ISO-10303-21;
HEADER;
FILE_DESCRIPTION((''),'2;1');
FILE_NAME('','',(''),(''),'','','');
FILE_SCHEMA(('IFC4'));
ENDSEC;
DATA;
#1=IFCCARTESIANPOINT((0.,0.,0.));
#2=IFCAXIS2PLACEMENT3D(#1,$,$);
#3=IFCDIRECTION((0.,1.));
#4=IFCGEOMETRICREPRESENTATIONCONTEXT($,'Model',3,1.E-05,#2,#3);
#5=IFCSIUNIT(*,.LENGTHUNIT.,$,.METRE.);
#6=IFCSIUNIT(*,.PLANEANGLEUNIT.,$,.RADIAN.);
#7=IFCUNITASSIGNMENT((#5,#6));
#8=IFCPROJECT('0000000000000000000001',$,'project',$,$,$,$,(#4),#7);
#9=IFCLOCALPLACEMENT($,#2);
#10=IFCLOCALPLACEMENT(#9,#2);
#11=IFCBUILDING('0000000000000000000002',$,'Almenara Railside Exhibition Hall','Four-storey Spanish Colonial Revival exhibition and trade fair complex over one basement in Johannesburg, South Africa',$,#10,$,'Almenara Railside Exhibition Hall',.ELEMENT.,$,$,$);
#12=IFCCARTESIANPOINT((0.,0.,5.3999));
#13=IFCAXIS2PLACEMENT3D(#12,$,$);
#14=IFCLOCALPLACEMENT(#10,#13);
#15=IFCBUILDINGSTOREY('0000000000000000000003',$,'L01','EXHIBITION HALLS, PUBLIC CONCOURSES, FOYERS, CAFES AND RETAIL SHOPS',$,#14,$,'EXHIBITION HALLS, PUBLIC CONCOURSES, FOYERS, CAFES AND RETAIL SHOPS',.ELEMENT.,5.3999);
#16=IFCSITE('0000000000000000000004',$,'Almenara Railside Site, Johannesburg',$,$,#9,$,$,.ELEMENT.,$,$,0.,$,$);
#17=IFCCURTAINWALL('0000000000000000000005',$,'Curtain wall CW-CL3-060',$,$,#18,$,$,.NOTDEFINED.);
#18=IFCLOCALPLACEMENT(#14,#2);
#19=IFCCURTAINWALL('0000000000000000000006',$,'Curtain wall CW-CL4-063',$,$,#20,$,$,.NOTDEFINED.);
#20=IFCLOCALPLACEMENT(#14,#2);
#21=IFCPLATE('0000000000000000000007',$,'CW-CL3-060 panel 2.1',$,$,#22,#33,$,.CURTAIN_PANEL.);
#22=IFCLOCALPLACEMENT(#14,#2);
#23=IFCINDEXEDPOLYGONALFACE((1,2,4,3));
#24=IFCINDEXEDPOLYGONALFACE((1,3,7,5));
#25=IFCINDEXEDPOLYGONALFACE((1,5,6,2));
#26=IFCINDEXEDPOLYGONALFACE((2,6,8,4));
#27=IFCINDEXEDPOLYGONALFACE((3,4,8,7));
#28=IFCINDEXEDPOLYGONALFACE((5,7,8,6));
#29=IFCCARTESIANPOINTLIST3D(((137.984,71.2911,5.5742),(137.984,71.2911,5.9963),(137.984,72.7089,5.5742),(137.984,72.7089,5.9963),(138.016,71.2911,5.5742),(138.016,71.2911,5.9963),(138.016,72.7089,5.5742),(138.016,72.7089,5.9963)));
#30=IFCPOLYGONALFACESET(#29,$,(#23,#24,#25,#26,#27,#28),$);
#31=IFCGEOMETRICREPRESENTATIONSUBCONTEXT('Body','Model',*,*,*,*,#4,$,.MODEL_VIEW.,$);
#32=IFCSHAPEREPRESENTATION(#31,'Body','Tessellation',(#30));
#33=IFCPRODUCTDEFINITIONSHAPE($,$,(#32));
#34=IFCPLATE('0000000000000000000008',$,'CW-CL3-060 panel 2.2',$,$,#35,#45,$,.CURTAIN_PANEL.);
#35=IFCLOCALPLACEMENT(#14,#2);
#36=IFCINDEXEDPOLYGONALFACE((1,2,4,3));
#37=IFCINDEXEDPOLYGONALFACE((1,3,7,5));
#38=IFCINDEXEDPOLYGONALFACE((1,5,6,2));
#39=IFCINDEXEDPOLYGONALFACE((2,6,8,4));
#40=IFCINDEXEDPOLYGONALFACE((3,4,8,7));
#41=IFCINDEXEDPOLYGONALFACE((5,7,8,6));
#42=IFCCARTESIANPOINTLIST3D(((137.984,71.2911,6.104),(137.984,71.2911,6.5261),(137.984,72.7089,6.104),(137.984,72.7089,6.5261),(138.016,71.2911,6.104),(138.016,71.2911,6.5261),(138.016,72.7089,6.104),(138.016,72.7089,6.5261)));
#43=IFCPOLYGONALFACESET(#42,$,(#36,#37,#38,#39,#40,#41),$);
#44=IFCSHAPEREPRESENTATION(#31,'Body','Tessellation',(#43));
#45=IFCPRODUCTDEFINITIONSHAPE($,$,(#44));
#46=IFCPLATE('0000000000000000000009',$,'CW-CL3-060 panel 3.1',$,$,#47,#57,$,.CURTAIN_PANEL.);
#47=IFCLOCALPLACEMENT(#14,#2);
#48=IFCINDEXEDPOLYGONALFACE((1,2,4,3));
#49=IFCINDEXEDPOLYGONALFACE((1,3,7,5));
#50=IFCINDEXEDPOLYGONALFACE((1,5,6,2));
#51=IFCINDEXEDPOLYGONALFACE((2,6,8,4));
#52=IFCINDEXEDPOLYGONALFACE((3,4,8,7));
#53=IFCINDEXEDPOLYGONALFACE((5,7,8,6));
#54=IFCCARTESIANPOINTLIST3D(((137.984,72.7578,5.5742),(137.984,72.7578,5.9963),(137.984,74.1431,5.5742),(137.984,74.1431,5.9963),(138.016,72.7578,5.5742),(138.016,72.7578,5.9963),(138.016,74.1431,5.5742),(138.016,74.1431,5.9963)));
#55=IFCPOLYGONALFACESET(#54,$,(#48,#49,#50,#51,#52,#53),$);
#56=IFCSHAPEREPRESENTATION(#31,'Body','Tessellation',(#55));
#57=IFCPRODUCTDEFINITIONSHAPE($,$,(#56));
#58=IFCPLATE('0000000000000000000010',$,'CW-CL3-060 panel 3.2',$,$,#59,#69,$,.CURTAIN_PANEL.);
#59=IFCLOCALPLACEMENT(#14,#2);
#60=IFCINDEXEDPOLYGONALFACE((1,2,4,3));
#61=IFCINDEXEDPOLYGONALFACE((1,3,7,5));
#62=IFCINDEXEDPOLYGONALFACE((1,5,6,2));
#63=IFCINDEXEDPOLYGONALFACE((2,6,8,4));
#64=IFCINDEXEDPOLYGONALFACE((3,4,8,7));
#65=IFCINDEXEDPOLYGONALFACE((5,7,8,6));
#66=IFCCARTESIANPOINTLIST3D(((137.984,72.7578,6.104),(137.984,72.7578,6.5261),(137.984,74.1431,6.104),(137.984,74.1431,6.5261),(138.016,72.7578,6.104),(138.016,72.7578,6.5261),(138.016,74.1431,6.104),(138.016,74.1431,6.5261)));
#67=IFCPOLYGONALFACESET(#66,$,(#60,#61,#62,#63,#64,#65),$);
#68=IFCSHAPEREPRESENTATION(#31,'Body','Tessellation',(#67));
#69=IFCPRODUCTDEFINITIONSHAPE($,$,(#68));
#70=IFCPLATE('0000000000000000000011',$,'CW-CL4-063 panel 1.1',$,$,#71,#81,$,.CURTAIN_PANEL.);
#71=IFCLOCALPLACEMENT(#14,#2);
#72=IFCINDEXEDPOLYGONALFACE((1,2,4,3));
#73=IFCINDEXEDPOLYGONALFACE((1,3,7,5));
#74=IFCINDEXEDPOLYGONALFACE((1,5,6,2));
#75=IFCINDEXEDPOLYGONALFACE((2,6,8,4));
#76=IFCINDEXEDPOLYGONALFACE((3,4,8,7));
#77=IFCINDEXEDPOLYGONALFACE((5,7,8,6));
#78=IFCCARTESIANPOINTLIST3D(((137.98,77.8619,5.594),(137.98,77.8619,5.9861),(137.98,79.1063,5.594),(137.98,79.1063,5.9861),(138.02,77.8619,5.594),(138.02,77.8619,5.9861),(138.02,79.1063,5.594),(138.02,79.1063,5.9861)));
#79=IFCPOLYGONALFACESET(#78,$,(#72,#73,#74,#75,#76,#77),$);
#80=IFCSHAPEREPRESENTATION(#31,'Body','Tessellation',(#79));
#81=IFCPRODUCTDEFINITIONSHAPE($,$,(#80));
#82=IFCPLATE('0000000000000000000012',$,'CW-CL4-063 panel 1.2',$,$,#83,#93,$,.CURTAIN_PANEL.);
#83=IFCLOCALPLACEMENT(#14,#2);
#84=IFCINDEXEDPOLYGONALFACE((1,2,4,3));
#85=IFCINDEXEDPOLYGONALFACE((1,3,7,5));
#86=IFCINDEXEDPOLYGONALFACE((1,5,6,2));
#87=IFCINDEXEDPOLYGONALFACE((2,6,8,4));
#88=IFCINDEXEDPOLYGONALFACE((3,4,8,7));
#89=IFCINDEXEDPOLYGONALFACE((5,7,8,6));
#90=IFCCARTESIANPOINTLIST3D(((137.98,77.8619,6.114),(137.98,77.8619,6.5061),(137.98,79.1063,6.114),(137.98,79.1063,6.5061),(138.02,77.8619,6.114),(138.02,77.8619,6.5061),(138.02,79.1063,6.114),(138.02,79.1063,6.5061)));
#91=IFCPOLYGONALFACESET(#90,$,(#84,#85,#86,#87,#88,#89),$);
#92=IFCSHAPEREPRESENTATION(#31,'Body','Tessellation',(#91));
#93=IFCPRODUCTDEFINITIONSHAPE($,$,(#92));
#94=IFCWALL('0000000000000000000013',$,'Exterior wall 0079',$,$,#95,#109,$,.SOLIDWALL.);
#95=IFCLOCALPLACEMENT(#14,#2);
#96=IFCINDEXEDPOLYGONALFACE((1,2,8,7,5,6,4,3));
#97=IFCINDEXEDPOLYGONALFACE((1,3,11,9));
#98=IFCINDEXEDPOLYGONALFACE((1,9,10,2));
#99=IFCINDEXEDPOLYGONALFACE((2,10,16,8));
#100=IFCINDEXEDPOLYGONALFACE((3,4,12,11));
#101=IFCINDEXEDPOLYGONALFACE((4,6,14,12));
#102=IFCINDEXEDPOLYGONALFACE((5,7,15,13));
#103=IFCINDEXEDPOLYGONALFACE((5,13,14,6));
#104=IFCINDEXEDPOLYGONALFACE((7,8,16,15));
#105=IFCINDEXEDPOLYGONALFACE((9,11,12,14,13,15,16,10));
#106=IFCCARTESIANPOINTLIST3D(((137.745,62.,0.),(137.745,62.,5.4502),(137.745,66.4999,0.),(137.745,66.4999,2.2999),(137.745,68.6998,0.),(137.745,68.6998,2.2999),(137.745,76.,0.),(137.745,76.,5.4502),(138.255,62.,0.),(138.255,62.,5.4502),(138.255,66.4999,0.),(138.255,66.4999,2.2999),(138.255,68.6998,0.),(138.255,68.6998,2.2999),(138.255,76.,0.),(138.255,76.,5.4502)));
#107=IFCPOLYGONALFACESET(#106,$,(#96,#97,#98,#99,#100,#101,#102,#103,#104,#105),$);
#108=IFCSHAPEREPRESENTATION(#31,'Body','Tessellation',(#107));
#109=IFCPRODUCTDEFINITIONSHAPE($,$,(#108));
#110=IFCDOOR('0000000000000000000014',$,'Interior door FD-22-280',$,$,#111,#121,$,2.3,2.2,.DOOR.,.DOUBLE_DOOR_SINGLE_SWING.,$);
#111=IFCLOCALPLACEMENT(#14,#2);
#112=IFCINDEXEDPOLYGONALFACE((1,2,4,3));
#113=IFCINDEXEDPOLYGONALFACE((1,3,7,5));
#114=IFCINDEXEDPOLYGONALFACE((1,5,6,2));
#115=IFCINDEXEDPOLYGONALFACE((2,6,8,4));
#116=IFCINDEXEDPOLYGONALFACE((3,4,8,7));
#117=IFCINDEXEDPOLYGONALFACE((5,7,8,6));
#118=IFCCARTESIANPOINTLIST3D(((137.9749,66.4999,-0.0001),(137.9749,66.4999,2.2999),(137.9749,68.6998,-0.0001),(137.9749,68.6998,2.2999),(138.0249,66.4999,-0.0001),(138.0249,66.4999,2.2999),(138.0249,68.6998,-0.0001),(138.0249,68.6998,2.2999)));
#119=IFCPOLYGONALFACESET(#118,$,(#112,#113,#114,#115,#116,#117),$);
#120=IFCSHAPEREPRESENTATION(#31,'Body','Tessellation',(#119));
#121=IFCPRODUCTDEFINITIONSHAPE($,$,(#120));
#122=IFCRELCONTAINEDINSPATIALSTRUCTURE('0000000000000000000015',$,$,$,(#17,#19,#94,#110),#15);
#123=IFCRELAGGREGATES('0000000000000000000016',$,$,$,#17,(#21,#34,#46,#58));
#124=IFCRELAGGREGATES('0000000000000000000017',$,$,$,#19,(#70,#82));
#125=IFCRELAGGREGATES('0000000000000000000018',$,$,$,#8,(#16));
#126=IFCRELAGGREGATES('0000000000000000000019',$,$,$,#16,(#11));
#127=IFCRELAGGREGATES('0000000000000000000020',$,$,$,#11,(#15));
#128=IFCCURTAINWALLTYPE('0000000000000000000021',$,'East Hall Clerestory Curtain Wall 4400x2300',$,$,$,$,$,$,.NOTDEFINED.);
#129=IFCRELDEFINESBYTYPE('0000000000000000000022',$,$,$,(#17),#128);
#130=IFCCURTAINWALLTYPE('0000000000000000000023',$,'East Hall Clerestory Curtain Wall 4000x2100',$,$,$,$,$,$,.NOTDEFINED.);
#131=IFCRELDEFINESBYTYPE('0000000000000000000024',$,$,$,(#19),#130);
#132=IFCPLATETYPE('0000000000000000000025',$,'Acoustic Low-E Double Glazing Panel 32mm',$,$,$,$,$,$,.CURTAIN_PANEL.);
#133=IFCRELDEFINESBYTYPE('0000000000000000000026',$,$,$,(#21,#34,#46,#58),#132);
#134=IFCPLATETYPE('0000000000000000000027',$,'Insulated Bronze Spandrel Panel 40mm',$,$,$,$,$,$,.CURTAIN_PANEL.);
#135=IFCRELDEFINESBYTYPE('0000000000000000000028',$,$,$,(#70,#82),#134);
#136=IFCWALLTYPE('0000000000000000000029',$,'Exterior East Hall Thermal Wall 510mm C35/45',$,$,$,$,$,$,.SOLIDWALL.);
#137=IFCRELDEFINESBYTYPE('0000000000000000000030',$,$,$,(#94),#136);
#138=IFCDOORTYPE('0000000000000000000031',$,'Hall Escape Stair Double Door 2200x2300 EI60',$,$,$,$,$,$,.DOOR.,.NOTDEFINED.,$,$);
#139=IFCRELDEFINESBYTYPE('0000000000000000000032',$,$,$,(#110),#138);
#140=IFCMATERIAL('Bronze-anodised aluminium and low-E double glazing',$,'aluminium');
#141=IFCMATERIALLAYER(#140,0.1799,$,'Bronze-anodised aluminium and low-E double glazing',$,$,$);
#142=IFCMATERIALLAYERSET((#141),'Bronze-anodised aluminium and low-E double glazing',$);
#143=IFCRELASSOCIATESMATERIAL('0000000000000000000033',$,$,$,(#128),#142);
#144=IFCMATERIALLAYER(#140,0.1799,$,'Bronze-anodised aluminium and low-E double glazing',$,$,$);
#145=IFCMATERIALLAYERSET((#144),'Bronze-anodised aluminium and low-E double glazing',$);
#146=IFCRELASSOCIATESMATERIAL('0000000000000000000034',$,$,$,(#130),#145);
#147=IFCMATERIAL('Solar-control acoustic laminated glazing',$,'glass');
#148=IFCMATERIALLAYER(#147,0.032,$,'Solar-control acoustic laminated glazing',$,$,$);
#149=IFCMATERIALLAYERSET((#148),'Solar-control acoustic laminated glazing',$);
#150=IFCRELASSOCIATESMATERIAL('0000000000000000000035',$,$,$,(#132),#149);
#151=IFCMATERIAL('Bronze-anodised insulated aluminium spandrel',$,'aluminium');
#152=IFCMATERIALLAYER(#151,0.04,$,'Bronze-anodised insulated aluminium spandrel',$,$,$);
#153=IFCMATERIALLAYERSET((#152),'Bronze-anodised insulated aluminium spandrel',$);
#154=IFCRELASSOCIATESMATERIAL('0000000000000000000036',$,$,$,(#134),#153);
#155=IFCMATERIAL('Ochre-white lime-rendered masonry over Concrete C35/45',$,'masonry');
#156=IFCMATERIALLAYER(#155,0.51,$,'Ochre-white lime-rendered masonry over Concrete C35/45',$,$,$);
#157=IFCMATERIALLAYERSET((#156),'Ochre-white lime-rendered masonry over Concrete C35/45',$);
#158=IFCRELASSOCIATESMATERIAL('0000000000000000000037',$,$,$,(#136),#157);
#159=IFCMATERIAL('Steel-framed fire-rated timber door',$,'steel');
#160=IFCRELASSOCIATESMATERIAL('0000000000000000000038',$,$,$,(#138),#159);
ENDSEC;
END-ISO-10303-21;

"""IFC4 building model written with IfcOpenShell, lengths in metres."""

from ifc_helpers import new_model, si_unit, direction, frame, frame_2d, origin, origin_2d, place, context, subcontext, project, spatial, rectangle, extrude, material, layer, layer_set, type_object, element, fill, aggregate, save


model = new_model("IFC4")

# Units and contexts
model_context = context("Model", 3, precision=1e-05, world=origin(), true_north=direction((0.0, 1.0)))
body_context = subcontext(model_context, "Body", "Model", "MODEL_VIEW")
ifc_project = project(units=[si_unit("LENGTHUNIT", "METRE"), si_unit("PLANEANGLEUNIT", "RADIAN")], contexts=[model_context])

# Site, building, storey
site_placement = place(None, origin())
site = spatial("IfcSite", under=ifc_project, at=site_placement, Name="Almenara Railside Site, Johannesburg", CompositionType="ELEMENT", RefElevation=0.0)
building_placement = place(site_placement, origin())
building = spatial("IfcBuilding", under=site, at=building_placement, Name="Almenara Railside Exhibition Hall", Description="Four-storey Spanish Colonial Revival exhibition and trade fair complex over one basement in Johannesburg, South Africa", LongName="Almenara Railside Exhibition Hall", CompositionType="ELEMENT")
storey_placement = place(building_placement, frame((0.0, 0.0, 5.3999)))
storey = spatial("IfcBuildingStorey", under=building, at=storey_placement, Name="L01", Description="EXHIBITION HALLS, PUBLIC CONCOURSES, FOYERS, CAFES AND RETAIL SHOPS", LongName="EXHIBITION HALLS, PUBLIC CONCOURSES, FOYERS, CAFES AND RETAIL SHOPS", CompositionType="ELEMENT", Elevation=5.3999)

# Curtain wall
ifc_material_1 = material(Name="Bronze-anodised aluminium and low-E double glazing", Category="aluminium")
ifc_layer_1 = layer(ifc_material_1, 0.1799, Name="Bronze-anodised aluminium and low-E double glazing")
ifc_layer_set_1 = layer_set([ifc_layer_1], Name="Bronze-anodised aluminium and low-E double glazing")
curtain_wall_type_1 = type_object("IfcCurtainWallType", Name="East Hall Clerestory Curtain Wall 4400x2300", PredefinedType="NOTDEFINED", material=ifc_layer_set_1)
curtain_wall_1_placement = place(storey_placement, origin())
curtain_wall_1 = element("IfcCurtainWall", 1, at=curtain_wall_1_placement, inside=storey, type_object=curtain_wall_type_1, Name="Curtain wall CW-CL3-060", PredefinedType="NOTDEFINED")

# Curtain wall
ifc_layer_2 = layer(ifc_material_1, 0.1799, Name="Bronze-anodised aluminium and low-E double glazing")
ifc_layer_set_2 = layer_set([ifc_layer_2], Name="Bronze-anodised aluminium and low-E double glazing")
curtain_wall_type_2 = type_object("IfcCurtainWallType", Name="East Hall Clerestory Curtain Wall 4000x2100", PredefinedType="NOTDEFINED", material=ifc_layer_set_2)
curtain_wall_2_placement = place(storey_placement, origin())
curtain_wall_2 = element("IfcCurtainWall", 2, at=curtain_wall_2_placement, inside=storey, type_object=curtain_wall_type_2, Name="Curtain wall CW-CL4-063", PredefinedType="NOTDEFINED")

# Plates
ifc_material_2 = material(Name="Solar-control acoustic laminated glazing", Category="glass")
ifc_layer_3 = layer(ifc_material_2, 0.032, Name="Solar-control acoustic laminated glazing")
ifc_layer_set_3 = layer_set([ifc_layer_3], Name="Solar-control acoustic laminated glazing")
plate_type_1 = type_object("IfcPlateType", Name="Acoustic Low-E Double Glazing Panel 32mm", PredefinedType="CURTAIN_PANEL", material=ifc_layer_set_3)
plate_1_placement = place(storey_placement, frame((138.0, 72.0, 5.5742), z_axis=(0.0, 0.0, 1.0), x_axis=(0.0, 1.0, 0.0)))
plate_1 = element("IfcPlate", 3, at=plate_1_placement, type_object=plate_type_1, Name="CW-CL3-060 panel 2.1", PredefinedType="CURTAIN_PANEL", context=body_context, shape_type="SweptSolid", body=[
    extrude(rectangle(XDim=1.4177, YDim=0.032, at=origin_2d()), origin(), (0.0, 0.0, 1.0), 0.4221),
])
plate_2_placement = place(storey_placement, frame((138.0, 72.0, 6.104), z_axis=(0.0, 0.0, 1.0), x_axis=(0.0, 1.0, 0.0)))
plate_2 = element("IfcPlate", 4, at=plate_2_placement, type_object=plate_type_1, Name="CW-CL3-060 panel 2.2", PredefinedType="CURTAIN_PANEL", context=body_context, shape_type="SweptSolid", body=[
    extrude(rectangle(XDim=1.4177, YDim=0.032, at=origin_2d()), origin(), (0.0, 0.0, 1.0), 0.4221),
])
plate_3_placement = place(storey_placement, frame((138.0, 73.4504, 5.5742), z_axis=(0.0, 0.0, 1.0), x_axis=(0.0, 1.0, 0.0)))
plate_3 = element("IfcPlate", 5, at=plate_3_placement, type_object=plate_type_1, Name="CW-CL3-060 panel 3.1", PredefinedType="CURTAIN_PANEL", context=body_context, shape_type="SweptSolid", body=[
    extrude(rectangle(XDim=1.3853, YDim=0.032, at=origin_2d()), origin(), (0.0, 0.0, 1.0), 0.4221),
])
plate_4_placement = place(storey_placement, frame((138.0, 73.4504, 6.104), z_axis=(0.0, 0.0, 1.0), x_axis=(0.0, 1.0, 0.0)))
plate_4 = element("IfcPlate", 6, at=plate_4_placement, type_object=plate_type_1, Name="CW-CL3-060 panel 3.2", PredefinedType="CURTAIN_PANEL", context=body_context, shape_type="SweptSolid", body=[
    extrude(rectangle(XDim=1.3853, YDim=0.032, at=origin_2d()), origin(), (0.0, 0.0, 1.0), 0.4221),
])
aggregate(curtain_wall_1, [plate_1, plate_2, plate_3, plate_4])
ifc_material_3 = material(Name="Bronze-anodised insulated aluminium spandrel", Category="aluminium")
ifc_layer_4 = layer(ifc_material_3, 0.04, Name="Bronze-anodised insulated aluminium spandrel")
ifc_layer_set_4 = layer_set([ifc_layer_4], Name="Bronze-anodised insulated aluminium spandrel")
plate_type_2 = type_object("IfcPlateType", Name="Insulated Bronze Spandrel Panel 40mm", PredefinedType="CURTAIN_PANEL", material=ifc_layer_set_4)
plate_5_placement = place(storey_placement, frame((138.0, 78.4841, 5.594), z_axis=(0.0, 0.0, 1.0), x_axis=(0.0, 1.0, 0.0)))
plate_5 = element("IfcPlate", 7, at=plate_5_placement, type_object=plate_type_2, Name="CW-CL4-063 panel 1.1", PredefinedType="CURTAIN_PANEL", context=body_context, shape_type="SweptSolid", body=[
    extrude(rectangle(XDim=1.2444, YDim=0.04, at=origin_2d()), origin(), (0.0, 0.0, 1.0), 0.3921),
])
plate_6_placement = place(storey_placement, frame((138.0, 78.4841, 6.114), z_axis=(0.0, 0.0, 1.0), x_axis=(0.0, 1.0, 0.0)))
plate_6 = element("IfcPlate", 8, at=plate_6_placement, type_object=plate_type_2, Name="CW-CL4-063 panel 1.2", PredefinedType="CURTAIN_PANEL", context=body_context, shape_type="SweptSolid", body=[
    extrude(rectangle(XDim=1.2444, YDim=0.04, at=origin_2d()), origin(), (0.0, 0.0, 1.0), 0.3921),
])
aggregate(curtain_wall_2, [plate_5, plate_6])

# Wall, opening, door
ifc_material_4 = material(Name="Ochre-white lime-rendered masonry over Concrete C35/45", Category="masonry")
ifc_layer_5 = layer(ifc_material_4, 0.51, Name="Ochre-white lime-rendered masonry over Concrete C35/45")
ifc_layer_set_5 = layer_set([ifc_layer_5], Name="Ochre-white lime-rendered masonry over Concrete C35/45")
wall_type = type_object("IfcWallType", Name="Exterior East Hall Thermal Wall 510mm C35/45", PredefinedType="SOLIDWALL", material=ifc_layer_set_5)
wall_placement = place(storey_placement, frame((138.0, 76.0, 0.0), z_axis=(0.0, 0.0, 1.0), x_axis=(0.0, -1.0, 0.0)))
wall = element("IfcWall", 9, at=wall_placement, inside=storey, type_object=wall_type, Name="Exterior wall 0079", PredefinedType="SOLIDWALL", context=body_context, shape_type="SweptSolid", body=[
    extrude(rectangle(XDim=14.0, YDim=0.51, at=frame_2d((7.0, 0.0))), origin(), (0.0, 0.0, 1.0), 5.4502),
])
opening_placement = place(wall_placement, frame((7.3, 0.0, 0.0)))
opening = element("IfcOpeningElement", 10, at=opening_placement, cuts=wall, PredefinedType="OPENING", context=body_context, shape_type="SweptSolid", body=[
    extrude(rectangle(XDim=2.2, YDim=2.3, at=frame_2d((1.1001, 1.1499))), frame((0.0, 0.2649, 0.0), z_axis=(0.0, -1.0, 0.0), x_axis=(1.0, 0.0, 0.0)), (0.0, 0.0, 1.0), 0.53),
])
ifc_material_5 = material(Name="Steel-framed fire-rated timber door", Category="steel")
door_type = type_object("IfcDoorType", Name="Hall Escape Stair Double Door 2200x2300 EI60", OperationType="NOTDEFINED", PredefinedType="DOOR", material=ifc_material_5)
door_placement = place(opening_placement, origin())
door = element("IfcDoor", 11, at=door_placement, inside=storey, type_object=door_type, Name="Interior door FD-22-280", OperationType="DOUBLE_DOOR_SINGLE_SWING", OverallHeight=2.3, OverallWidth=2.2, PredefinedType="DOOR", context=body_context, shape_type="SweptSolid", body=[
    extrude(rectangle(XDim=2.2, YDim=2.3, at=frame_2d((1.1001, 1.1499))), frame((0.0, 0.0249, 0.0), z_axis=(0.0, -1.0, 0.0), x_axis=(1.0, 0.0, 0.0)), (0.0, 0.0, 1.0), 0.05),
])
fill(opening, door)

save(model, "model.ifc")
